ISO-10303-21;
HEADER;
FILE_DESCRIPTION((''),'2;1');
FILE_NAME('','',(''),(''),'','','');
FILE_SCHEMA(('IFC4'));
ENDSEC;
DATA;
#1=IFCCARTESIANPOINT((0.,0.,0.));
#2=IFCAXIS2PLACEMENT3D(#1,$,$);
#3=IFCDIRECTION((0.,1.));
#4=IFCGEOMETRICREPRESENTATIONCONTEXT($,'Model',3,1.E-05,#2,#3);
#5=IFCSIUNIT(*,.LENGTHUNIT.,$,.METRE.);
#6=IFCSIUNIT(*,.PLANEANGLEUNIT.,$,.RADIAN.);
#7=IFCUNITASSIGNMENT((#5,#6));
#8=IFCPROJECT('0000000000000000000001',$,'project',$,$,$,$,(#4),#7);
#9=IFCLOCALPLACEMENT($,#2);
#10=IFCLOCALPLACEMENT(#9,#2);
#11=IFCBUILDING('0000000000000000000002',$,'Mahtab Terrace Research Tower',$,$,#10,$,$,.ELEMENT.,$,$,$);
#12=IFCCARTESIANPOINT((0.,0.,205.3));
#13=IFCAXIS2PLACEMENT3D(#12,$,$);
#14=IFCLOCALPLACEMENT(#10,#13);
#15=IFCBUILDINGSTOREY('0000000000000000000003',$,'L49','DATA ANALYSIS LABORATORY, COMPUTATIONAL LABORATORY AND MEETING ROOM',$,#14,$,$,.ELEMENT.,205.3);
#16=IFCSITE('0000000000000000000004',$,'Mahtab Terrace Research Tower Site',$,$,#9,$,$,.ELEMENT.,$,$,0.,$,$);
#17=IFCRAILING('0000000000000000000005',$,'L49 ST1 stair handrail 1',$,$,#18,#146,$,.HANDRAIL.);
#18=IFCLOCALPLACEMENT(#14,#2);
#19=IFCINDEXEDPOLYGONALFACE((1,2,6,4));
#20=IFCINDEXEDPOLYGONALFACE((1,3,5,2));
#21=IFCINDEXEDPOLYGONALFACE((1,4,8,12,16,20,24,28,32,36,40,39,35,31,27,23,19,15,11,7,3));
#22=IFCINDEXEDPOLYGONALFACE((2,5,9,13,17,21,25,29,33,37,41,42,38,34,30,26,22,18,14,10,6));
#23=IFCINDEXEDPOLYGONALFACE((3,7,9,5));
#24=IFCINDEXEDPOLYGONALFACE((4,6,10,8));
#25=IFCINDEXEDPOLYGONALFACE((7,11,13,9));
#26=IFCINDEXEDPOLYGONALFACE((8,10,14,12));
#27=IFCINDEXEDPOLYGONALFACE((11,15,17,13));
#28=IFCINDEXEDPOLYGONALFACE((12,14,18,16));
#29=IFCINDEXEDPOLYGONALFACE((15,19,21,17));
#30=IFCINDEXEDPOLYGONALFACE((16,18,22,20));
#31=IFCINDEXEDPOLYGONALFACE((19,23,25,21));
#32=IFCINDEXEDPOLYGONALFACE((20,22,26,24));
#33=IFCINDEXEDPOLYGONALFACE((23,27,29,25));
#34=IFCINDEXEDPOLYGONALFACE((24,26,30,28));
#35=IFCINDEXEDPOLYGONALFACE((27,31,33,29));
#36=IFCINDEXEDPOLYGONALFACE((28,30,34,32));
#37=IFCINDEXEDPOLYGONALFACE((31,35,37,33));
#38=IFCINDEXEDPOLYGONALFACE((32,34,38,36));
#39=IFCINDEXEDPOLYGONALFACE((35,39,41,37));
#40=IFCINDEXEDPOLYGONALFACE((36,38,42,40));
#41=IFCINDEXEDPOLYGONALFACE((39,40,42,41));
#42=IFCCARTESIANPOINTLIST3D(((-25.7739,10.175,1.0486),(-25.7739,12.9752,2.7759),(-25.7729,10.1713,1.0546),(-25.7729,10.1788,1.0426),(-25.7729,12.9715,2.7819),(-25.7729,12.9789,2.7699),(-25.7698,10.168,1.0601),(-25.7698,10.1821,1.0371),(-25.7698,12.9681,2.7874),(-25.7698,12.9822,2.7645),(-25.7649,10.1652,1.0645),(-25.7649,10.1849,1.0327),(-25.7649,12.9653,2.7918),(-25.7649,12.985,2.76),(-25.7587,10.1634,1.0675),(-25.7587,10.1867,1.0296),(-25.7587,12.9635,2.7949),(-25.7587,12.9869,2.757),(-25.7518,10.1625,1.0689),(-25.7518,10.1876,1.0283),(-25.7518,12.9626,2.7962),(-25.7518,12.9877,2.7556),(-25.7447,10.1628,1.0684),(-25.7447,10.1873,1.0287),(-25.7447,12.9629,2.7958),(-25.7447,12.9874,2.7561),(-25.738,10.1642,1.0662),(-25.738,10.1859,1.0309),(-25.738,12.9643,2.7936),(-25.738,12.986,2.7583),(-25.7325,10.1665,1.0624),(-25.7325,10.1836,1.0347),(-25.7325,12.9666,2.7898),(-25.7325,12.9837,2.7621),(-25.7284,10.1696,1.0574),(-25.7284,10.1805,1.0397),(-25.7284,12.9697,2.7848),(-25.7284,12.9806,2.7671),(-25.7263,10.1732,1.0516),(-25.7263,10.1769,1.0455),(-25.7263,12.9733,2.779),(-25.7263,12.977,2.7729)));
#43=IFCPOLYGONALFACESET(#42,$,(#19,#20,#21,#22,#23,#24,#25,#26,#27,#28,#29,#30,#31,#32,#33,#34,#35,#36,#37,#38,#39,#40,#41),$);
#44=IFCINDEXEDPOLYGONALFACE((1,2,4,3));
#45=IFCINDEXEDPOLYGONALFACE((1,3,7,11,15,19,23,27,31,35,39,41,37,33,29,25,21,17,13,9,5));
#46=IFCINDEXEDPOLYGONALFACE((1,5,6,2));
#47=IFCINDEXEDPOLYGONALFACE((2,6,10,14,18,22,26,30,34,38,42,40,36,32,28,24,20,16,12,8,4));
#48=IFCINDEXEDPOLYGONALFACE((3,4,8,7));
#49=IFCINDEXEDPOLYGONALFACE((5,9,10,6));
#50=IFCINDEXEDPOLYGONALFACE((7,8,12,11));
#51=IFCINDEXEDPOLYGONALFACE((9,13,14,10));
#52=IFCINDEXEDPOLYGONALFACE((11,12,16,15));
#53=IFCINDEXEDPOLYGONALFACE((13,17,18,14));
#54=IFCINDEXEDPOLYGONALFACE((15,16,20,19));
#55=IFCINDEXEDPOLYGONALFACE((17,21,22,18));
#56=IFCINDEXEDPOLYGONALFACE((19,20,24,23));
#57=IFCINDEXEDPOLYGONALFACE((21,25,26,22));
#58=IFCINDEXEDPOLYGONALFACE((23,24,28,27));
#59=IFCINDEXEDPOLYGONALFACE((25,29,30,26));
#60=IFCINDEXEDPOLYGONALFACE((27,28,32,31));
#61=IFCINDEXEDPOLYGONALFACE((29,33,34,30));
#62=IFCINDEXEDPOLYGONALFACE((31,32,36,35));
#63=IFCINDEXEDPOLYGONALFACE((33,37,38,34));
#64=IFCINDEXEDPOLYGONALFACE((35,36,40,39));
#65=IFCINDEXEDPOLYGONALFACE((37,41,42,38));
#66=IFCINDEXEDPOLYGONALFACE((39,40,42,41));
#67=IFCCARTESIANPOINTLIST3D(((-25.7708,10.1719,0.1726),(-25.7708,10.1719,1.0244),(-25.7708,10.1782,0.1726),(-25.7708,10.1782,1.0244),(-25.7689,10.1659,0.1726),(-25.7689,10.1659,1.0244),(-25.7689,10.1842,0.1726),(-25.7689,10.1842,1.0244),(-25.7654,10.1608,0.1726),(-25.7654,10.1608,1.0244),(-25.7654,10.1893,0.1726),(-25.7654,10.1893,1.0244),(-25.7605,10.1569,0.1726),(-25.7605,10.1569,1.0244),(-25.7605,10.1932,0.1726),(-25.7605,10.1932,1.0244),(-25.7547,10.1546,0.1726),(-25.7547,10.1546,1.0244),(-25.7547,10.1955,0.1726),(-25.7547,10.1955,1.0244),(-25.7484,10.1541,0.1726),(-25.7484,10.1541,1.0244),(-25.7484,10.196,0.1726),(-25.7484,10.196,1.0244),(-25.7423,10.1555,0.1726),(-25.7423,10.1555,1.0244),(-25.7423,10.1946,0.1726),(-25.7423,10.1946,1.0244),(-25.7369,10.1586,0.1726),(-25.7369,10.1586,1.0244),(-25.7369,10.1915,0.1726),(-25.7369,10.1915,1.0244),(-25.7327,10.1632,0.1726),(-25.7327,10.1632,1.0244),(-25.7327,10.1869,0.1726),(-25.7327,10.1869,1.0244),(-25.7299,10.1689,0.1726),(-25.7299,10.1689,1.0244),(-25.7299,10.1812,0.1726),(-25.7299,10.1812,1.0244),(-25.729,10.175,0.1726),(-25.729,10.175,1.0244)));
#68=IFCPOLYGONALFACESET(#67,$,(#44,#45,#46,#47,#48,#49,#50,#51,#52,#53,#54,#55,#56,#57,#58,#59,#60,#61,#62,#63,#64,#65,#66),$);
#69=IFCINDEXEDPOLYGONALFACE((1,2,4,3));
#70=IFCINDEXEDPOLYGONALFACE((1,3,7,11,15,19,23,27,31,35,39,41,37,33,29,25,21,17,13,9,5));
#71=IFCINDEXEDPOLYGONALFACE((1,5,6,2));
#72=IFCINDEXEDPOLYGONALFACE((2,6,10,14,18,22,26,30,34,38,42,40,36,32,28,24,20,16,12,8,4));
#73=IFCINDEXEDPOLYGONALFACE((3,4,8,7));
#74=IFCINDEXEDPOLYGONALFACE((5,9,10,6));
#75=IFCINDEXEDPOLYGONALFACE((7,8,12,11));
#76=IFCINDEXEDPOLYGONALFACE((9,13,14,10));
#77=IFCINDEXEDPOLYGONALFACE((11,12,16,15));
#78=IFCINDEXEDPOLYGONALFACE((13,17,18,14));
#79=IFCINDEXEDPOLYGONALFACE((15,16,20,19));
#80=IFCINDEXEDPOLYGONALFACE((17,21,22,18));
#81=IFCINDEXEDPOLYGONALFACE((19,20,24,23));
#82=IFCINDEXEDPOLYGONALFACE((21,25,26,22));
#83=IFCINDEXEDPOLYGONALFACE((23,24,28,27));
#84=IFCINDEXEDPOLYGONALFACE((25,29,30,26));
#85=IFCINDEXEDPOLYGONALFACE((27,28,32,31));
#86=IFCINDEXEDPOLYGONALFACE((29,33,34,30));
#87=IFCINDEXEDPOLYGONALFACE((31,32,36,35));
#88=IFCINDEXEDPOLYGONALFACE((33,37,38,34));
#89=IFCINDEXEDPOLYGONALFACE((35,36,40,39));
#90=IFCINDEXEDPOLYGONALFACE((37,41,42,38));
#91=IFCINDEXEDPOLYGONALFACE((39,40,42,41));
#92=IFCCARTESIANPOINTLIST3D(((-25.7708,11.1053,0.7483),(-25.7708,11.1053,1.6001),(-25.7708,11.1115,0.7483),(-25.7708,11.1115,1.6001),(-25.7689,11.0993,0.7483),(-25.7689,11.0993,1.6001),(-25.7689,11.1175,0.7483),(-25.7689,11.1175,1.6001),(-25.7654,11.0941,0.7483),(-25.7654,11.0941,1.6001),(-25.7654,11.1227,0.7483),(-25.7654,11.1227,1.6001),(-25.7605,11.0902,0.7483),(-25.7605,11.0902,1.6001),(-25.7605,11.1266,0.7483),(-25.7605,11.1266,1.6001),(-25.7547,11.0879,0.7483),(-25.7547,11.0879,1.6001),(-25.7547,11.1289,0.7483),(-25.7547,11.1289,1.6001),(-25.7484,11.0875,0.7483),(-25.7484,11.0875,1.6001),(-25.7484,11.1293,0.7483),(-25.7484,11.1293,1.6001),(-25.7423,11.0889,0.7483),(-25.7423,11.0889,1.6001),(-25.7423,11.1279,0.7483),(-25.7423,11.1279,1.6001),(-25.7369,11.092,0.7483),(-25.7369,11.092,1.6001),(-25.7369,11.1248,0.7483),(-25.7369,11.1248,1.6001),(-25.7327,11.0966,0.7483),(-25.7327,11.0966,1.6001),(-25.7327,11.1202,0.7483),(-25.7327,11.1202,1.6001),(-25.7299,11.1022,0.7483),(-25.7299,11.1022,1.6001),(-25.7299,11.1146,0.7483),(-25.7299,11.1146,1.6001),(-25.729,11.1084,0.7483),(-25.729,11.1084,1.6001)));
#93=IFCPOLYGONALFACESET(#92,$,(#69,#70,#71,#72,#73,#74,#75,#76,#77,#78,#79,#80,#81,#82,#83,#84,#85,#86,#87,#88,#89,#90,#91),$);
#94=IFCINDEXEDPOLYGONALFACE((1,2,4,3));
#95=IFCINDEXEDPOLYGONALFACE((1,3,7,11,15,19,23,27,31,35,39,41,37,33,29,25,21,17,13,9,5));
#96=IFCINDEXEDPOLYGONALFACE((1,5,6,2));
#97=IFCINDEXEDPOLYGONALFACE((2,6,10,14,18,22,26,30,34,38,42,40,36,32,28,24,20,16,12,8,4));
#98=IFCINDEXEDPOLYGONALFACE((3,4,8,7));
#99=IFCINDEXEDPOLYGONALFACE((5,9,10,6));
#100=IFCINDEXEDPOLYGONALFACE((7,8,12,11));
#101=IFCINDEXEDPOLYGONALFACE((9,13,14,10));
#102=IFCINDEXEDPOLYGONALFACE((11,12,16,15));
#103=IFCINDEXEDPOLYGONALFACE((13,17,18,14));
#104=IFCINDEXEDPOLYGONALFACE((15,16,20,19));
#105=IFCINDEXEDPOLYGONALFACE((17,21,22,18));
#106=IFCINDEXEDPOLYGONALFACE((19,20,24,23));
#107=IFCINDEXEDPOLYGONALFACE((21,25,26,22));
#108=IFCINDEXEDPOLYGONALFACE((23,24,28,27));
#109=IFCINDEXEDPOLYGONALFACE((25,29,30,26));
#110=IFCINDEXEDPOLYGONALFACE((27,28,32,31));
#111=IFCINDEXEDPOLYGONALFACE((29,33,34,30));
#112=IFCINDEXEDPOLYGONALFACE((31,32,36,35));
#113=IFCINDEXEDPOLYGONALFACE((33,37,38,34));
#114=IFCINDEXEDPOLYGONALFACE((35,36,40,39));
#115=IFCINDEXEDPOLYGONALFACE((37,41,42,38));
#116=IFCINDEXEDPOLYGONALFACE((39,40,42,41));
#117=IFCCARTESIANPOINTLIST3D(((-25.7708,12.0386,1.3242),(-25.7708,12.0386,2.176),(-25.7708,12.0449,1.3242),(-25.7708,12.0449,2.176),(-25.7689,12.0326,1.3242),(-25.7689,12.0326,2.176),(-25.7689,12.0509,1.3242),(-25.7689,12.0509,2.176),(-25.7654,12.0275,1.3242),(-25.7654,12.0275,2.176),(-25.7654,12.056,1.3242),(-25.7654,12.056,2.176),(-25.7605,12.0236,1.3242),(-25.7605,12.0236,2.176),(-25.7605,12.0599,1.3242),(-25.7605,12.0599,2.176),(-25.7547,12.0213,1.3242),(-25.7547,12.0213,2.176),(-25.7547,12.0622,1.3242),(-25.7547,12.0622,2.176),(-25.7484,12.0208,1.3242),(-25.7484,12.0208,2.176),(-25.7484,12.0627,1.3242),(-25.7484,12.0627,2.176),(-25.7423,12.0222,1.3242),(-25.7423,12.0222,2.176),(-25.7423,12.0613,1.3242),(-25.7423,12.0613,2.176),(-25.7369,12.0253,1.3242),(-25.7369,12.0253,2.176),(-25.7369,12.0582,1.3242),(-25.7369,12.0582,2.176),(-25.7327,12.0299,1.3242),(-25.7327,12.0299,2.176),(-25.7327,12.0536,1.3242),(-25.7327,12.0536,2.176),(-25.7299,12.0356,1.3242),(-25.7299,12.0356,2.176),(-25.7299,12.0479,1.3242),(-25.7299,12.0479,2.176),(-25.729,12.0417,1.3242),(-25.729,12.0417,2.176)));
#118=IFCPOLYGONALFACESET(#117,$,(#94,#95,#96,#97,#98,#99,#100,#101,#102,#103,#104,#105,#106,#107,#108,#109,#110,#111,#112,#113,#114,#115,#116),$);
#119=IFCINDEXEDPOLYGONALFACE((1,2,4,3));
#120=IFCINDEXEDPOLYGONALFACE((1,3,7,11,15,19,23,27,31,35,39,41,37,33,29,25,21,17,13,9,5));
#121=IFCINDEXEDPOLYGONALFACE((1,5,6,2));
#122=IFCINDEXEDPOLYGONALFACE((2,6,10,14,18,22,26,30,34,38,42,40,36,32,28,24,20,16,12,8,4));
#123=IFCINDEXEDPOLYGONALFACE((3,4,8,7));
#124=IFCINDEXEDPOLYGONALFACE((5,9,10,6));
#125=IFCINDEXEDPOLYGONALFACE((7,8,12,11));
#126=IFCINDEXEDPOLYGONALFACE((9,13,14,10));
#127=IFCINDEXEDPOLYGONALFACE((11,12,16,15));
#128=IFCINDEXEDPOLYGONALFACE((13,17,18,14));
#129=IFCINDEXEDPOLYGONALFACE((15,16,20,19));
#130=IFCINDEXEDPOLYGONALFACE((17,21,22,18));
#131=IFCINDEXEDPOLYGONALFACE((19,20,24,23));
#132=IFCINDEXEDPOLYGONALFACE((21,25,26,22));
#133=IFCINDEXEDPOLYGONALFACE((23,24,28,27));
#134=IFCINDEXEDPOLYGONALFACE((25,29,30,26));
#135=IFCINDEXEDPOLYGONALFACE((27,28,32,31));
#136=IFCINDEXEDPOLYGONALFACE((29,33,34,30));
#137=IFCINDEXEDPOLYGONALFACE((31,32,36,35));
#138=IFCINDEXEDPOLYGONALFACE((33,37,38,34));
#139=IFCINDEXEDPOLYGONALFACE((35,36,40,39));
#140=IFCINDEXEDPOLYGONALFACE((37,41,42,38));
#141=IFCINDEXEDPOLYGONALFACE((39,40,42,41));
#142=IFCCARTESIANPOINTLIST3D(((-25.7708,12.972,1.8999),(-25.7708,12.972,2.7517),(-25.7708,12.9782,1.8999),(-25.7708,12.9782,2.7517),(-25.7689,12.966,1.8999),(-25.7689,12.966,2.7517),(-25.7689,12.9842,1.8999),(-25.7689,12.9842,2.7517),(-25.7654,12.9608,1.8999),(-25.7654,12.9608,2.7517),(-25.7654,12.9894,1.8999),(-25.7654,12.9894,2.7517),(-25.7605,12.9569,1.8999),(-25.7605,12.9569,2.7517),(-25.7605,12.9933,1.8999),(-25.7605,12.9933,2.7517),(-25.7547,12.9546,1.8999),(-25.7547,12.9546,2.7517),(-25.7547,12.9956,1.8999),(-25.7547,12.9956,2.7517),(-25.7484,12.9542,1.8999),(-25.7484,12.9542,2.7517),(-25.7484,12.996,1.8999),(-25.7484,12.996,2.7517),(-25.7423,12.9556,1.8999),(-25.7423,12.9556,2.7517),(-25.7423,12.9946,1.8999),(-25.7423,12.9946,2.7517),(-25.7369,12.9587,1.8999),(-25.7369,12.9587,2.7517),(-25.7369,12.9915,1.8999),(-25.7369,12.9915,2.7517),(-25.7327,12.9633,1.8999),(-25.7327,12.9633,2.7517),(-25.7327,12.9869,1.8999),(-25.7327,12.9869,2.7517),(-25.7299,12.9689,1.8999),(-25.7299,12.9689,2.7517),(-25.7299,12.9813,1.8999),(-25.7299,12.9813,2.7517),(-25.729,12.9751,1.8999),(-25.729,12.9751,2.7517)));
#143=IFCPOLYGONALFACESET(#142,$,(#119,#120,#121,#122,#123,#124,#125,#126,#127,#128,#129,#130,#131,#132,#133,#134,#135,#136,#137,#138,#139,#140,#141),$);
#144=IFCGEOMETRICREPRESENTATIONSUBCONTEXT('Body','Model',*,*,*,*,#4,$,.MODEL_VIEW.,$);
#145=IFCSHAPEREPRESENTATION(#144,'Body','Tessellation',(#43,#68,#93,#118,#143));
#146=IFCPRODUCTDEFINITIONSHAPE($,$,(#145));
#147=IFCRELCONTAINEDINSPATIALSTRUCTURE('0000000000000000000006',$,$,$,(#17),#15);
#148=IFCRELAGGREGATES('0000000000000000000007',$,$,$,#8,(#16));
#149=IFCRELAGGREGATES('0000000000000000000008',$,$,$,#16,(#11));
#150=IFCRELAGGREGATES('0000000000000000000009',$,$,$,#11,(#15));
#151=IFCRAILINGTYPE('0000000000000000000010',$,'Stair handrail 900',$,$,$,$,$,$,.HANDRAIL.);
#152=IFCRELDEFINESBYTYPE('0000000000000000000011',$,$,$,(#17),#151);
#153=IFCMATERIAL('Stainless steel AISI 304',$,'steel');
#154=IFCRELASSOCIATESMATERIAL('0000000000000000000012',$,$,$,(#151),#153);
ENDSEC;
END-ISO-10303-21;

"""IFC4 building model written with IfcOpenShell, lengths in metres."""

from ifc_helpers import new_model, si_unit, direction, frame, origin, origin_2d, place, context, subcontext, project, spatial, circle, extrude, material, type_object, element, save


model = new_model("IFC4")

# Units and contexts
model_context = context("Model", 3, precision=1e-05, world=origin(), true_north=direction((0.0, 1.0)))
body_context = subcontext(model_context, "Body", "Model", "MODEL_VIEW")
ifc_project = project(units=[si_unit("LENGTHUNIT", "METRE"), si_unit("PLANEANGLEUNIT", "RADIAN")], contexts=[model_context])

# Site, building, storey
site_placement = place(None, origin())
site = spatial("IfcSite", under=ifc_project, at=site_placement, Name="Mahtab Terrace Research Tower Site", CompositionType="ELEMENT", RefElevation=0.0)
building_placement = place(site_placement, origin())
building = spatial("IfcBuilding", under=site, at=building_placement, Name="Mahtab Terrace Research Tower", CompositionType="ELEMENT")
storey_placement = place(building_placement, frame((0.0, 0.0, 205.3)))
storey = spatial("IfcBuildingStorey", under=building, at=storey_placement, Name="L49", Description="DATA ANALYSIS LABORATORY, COMPUTATIONAL LABORATORY AND MEETING ROOM", CompositionType="ELEMENT", Elevation=205.3)

# Railing
ifc_material_1 = material(Name="Stainless steel AISI 304", Category="steel")
railing_type_1 = type_object("IfcRailingType", Name="Stair handrail 900", PredefinedType="HANDRAIL", material=ifc_material_1)
railing_1_placement = place(storey_placement, frame((-25.75, 10.175, 0.1726)))
element("IfcRailing", 1, at=railing_1_placement, inside=storey, type_object=railing_type_1, Name="L49 ST1 stair handrail 1", PredefinedType="HANDRAIL", context=body_context, shape_type="SweptSolid", body=[
    extrude(circle(Radius=0.0239, at=origin_2d()), frame((0.0, 0.0, 0.876), z_axis=(0.0, 0.85109, 0.52502), x_axis=(-1.0, 0.0, 0.0)), (0.0, 0.0, 1.0), 3.29),
    extrude(circle(Radius=0.021, at=origin_2d()), origin(), (0.0, 0.0, 1.0), 0.8518),
    extrude(circle(Radius=0.021, at=origin_2d()), frame((0.0, 0.9333, 0.5757)), (0.0, 0.0, 1.0), 0.8518),
    extrude(circle(Radius=0.021, at=origin_2d()), frame((0.0, 1.8667, 1.1516)), (0.0, 0.0, 1.0), 0.8518),
    extrude(circle(Radius=0.021, at=origin_2d()), frame((0.0, 2.8, 1.7273)), (0.0, 0.0, 1.0), 0.8518),
])

save(model, "model.ifc")
